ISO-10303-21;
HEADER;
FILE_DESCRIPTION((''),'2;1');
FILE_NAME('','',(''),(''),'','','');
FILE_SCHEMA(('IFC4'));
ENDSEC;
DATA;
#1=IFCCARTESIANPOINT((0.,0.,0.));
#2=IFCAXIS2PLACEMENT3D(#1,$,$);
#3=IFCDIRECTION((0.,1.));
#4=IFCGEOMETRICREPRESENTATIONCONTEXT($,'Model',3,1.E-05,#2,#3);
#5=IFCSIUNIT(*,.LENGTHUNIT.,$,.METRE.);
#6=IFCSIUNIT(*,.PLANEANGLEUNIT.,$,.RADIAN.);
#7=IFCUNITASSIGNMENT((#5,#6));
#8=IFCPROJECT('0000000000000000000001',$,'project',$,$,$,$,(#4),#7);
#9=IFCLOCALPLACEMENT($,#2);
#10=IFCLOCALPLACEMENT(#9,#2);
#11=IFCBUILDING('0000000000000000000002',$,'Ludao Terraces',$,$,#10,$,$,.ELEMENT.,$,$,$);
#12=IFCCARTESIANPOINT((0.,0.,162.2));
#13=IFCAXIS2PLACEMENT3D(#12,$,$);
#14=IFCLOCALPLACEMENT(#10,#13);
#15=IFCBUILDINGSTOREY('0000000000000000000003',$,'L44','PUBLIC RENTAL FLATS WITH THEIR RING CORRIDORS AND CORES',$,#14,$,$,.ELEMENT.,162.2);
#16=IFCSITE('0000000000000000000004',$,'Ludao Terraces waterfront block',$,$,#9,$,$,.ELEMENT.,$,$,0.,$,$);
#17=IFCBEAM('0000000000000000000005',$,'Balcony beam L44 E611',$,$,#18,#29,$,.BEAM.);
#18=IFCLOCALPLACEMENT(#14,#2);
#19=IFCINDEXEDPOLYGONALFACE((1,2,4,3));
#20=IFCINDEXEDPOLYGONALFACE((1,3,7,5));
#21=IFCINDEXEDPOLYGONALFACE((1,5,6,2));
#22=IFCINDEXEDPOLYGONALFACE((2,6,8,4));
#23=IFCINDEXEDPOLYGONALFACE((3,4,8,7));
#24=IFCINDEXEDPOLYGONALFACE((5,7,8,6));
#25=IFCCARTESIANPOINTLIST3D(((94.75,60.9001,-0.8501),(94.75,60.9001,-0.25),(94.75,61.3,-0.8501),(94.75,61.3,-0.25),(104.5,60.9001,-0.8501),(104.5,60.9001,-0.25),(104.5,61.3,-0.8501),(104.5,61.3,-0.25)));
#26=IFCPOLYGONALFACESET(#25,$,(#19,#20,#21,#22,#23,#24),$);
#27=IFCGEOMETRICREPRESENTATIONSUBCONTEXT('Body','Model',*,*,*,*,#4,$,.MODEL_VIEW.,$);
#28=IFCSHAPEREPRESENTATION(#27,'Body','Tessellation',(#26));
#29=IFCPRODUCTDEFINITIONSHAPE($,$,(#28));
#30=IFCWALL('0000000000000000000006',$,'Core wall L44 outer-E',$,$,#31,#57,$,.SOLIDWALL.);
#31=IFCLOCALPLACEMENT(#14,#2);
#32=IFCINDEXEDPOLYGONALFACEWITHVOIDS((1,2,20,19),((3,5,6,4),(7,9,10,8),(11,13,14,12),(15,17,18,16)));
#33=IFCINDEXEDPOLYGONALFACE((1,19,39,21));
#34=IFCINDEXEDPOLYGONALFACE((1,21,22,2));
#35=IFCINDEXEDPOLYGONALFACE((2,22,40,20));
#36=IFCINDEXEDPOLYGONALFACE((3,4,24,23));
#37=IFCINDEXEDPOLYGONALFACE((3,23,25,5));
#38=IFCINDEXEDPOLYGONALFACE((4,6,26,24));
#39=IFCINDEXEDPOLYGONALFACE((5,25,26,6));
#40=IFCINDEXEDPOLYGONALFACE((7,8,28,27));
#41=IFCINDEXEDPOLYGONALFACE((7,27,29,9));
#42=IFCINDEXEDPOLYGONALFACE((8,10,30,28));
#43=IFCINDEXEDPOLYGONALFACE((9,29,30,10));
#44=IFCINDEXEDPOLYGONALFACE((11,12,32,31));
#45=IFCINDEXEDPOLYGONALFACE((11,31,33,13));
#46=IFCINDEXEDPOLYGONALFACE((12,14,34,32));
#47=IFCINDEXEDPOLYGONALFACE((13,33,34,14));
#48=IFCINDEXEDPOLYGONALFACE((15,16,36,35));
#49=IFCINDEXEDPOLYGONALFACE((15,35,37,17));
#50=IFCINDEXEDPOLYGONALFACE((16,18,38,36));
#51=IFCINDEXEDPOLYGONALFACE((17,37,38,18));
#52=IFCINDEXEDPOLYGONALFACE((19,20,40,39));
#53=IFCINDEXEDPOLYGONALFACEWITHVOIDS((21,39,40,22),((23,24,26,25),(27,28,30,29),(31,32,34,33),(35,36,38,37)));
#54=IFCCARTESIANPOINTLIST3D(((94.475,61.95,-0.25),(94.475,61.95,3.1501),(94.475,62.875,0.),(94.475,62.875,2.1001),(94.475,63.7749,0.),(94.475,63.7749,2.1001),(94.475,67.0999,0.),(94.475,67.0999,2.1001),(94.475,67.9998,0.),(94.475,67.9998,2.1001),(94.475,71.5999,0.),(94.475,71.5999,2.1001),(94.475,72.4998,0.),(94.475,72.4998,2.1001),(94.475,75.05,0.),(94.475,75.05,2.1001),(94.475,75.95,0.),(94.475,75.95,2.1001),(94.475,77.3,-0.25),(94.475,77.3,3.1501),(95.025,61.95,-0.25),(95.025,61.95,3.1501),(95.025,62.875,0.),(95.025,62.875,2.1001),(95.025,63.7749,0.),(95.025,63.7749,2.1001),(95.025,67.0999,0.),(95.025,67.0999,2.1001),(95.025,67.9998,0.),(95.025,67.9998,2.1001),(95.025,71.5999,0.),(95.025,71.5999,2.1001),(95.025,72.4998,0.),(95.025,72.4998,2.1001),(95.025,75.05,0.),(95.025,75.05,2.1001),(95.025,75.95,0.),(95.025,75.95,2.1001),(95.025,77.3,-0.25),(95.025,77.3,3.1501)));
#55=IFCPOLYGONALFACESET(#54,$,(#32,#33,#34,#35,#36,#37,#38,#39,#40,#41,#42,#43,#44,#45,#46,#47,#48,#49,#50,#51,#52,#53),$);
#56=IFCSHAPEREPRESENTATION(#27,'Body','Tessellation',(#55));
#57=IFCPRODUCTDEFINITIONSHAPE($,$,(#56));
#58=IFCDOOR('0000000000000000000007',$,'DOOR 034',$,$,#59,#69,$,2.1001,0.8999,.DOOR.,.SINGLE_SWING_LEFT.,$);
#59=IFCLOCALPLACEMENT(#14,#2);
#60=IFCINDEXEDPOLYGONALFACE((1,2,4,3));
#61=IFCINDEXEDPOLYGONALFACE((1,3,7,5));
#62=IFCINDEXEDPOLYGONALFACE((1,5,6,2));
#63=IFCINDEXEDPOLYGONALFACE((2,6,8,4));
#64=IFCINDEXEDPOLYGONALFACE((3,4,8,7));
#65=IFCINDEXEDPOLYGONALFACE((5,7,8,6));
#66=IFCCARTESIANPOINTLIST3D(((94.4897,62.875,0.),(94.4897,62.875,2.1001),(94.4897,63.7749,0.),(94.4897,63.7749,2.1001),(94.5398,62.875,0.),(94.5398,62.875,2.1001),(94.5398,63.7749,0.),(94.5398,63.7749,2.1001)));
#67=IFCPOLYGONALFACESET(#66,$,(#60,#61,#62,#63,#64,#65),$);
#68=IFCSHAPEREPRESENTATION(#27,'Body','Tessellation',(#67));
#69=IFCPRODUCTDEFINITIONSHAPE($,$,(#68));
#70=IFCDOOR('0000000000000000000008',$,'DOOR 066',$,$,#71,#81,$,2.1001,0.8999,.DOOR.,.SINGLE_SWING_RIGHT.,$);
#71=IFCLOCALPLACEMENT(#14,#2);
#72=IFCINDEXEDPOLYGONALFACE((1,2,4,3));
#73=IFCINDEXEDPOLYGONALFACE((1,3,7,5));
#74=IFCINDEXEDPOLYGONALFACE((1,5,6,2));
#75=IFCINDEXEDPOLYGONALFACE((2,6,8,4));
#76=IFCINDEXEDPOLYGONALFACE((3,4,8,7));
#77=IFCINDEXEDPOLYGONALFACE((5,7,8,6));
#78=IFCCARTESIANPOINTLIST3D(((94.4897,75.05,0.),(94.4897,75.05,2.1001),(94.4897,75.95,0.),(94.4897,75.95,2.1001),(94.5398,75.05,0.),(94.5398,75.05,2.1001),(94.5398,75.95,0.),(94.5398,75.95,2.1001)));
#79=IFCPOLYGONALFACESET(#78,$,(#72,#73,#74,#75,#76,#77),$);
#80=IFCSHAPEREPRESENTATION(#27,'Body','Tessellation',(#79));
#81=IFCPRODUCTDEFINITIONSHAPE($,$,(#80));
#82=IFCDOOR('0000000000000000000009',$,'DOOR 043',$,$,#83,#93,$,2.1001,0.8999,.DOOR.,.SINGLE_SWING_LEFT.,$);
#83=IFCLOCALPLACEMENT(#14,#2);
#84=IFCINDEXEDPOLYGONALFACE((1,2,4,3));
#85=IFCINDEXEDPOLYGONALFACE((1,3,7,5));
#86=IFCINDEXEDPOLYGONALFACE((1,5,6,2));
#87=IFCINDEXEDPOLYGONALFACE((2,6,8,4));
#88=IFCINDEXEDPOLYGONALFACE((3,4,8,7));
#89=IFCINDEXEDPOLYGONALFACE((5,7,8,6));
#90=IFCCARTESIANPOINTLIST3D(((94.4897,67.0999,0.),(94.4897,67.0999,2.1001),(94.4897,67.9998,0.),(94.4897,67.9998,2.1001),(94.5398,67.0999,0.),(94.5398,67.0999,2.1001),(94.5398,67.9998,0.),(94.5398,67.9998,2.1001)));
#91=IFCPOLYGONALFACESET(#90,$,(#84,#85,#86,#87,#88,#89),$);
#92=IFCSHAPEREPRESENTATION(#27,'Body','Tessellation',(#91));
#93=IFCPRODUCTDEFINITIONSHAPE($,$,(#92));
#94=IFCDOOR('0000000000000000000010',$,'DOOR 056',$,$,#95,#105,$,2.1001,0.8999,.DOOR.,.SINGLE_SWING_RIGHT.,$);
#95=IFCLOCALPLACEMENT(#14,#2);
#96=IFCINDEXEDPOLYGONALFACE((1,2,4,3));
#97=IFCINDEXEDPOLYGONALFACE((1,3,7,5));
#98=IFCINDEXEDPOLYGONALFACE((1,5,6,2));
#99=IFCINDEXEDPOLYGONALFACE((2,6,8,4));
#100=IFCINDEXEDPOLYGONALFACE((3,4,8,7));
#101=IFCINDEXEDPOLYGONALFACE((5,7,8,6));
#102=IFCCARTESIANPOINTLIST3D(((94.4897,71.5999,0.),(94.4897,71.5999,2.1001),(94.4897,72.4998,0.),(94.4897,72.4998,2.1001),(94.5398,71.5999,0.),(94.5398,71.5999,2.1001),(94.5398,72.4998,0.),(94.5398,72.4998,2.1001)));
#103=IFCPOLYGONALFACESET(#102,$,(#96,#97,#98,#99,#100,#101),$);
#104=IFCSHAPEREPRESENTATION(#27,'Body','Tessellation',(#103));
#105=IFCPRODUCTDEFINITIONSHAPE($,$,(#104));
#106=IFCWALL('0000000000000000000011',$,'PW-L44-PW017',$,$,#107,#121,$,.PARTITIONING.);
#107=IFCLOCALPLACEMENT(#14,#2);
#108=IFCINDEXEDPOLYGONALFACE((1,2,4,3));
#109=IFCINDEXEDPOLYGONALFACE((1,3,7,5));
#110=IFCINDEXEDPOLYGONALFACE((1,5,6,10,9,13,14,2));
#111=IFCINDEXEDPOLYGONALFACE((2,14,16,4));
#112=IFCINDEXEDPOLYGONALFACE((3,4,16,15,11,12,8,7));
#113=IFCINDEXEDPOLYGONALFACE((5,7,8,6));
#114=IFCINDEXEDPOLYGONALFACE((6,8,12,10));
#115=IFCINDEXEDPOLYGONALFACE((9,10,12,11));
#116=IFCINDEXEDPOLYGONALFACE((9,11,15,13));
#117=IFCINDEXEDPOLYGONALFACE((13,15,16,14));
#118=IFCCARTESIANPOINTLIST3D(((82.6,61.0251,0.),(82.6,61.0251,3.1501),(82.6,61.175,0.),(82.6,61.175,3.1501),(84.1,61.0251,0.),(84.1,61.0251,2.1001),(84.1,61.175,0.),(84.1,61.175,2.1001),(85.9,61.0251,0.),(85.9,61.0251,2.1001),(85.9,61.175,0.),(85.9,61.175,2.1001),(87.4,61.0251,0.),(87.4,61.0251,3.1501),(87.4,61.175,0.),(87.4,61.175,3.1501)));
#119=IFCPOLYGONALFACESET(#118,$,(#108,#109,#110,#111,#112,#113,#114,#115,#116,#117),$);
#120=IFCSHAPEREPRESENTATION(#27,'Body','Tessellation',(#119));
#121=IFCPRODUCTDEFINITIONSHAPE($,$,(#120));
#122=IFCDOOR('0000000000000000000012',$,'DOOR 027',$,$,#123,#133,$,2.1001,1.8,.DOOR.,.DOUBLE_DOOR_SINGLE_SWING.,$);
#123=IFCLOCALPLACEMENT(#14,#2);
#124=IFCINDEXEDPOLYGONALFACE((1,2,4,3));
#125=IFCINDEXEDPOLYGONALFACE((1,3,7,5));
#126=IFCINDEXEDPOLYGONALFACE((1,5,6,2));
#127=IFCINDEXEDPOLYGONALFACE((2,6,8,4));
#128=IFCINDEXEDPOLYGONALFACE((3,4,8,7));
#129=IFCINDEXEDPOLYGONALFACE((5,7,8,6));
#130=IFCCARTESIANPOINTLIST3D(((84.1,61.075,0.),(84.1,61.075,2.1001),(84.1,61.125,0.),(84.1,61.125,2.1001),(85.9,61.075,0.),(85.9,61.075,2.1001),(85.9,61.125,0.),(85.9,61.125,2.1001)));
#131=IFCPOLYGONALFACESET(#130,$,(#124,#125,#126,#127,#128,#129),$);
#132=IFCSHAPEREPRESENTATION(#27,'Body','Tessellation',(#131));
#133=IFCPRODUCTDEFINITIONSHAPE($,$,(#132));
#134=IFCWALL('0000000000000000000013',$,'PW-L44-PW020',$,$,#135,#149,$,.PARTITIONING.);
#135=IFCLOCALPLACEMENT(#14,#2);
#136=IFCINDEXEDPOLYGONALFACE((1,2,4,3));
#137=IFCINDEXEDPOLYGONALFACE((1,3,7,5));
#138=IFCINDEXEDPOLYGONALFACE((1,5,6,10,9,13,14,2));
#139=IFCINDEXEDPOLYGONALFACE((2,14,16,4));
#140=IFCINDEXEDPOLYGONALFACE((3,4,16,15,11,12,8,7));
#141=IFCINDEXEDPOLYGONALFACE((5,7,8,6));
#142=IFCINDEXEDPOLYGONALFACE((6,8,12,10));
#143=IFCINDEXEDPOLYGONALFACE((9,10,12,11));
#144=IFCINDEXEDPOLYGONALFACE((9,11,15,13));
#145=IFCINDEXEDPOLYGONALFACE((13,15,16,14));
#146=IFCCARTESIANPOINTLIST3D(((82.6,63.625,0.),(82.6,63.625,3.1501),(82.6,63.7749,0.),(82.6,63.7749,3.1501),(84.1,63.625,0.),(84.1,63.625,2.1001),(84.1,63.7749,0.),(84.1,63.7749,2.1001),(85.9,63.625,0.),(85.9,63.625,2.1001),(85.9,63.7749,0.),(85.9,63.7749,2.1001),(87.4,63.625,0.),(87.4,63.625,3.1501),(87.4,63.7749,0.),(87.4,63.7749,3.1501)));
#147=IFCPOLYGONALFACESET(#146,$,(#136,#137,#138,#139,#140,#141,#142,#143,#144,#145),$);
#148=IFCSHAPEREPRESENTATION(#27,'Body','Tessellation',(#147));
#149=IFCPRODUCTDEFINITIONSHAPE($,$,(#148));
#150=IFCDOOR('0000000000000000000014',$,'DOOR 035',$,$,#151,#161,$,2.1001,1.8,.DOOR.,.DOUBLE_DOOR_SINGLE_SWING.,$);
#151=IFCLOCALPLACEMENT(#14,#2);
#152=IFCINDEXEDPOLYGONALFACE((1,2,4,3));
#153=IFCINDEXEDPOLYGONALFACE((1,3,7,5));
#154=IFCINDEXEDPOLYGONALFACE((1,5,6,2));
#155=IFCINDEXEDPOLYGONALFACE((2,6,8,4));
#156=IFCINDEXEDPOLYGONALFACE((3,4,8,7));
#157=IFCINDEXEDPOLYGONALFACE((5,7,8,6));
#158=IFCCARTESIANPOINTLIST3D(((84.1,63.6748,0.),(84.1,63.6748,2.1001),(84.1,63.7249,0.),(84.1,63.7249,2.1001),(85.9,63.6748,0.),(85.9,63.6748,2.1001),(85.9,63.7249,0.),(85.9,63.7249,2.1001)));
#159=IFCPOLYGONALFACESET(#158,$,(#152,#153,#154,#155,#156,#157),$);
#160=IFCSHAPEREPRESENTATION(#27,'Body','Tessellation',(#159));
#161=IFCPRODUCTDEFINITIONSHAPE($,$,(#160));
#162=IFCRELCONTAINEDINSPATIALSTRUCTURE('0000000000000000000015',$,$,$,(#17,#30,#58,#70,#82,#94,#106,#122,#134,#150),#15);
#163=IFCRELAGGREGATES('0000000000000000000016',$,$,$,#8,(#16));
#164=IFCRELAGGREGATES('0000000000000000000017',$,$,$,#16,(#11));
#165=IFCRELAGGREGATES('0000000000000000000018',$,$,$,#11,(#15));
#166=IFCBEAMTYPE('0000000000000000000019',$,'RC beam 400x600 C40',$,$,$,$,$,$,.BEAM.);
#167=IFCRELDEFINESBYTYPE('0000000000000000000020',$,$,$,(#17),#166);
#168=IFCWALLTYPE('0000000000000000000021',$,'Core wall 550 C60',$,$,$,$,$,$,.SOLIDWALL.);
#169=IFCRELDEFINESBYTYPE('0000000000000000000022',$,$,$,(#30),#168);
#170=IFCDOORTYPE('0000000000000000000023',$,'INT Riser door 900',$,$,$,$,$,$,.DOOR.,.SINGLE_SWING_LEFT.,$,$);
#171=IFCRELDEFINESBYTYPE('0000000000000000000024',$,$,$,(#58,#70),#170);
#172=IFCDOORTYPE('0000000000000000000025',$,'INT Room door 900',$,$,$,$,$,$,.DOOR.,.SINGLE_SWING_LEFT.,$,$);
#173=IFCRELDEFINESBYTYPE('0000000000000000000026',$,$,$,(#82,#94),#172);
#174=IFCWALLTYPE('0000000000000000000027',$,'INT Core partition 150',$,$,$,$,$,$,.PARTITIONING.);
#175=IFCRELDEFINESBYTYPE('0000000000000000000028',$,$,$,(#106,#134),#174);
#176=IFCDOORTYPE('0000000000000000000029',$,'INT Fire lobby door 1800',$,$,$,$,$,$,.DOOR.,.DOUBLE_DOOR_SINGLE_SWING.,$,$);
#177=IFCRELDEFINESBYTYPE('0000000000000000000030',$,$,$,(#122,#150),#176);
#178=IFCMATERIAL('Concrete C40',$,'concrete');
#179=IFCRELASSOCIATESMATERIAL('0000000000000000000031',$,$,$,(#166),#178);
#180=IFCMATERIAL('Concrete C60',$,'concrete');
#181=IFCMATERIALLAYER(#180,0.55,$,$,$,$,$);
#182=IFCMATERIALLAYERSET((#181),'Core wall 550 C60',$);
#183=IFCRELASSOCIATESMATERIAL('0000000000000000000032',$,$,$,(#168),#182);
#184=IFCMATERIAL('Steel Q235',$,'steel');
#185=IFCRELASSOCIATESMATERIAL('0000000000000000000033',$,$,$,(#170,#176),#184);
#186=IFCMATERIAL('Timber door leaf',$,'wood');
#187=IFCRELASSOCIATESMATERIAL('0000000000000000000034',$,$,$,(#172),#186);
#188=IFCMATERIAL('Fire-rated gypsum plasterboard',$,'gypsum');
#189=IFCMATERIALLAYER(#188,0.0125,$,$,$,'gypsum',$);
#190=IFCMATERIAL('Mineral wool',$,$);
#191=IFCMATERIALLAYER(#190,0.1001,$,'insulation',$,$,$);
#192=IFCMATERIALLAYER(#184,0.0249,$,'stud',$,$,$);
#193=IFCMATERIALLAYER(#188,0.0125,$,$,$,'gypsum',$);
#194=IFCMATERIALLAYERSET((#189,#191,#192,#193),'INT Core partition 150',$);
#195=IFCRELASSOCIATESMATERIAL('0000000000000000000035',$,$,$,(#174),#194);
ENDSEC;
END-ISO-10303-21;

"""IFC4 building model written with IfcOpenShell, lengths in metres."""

from ifc_helpers import new_model, si_unit, direction, frame, frame_2d, origin, origin_2d, place, context, subcontext, project, spatial, rectangle, extrude, material, layer, layer_set, material_profile, profile_set, type_object, element, fill, save


model = new_model("IFC4")

# Units and contexts
model_context = context("Model", 3, precision=1e-05, world=origin(), true_north=direction((0.0, 1.0)))
body_context = subcontext(model_context, "Body", "Model", "MODEL_VIEW")
ifc_project = project(units=[si_unit("LENGTHUNIT", "METRE"), si_unit("PLANEANGLEUNIT", "RADIAN")], contexts=[model_context])

# Site, building, storey
site_placement = place(None, origin())
site = spatial("IfcSite", under=ifc_project, at=site_placement, Name="Ludao Terraces waterfront block", CompositionType="ELEMENT", RefElevation=0.0)
building_placement = place(site_placement, origin())
building = spatial("IfcBuilding", under=site, at=building_placement, Name="Ludao Terraces", CompositionType="ELEMENT")
storey_placement = place(building_placement, frame((0.0, 0.0, 162.2)))
storey = spatial("IfcBuildingStorey", under=building, at=storey_placement, Name="L44", Description="PUBLIC RENTAL FLATS WITH THEIR RING CORRIDORS AND CORES", CompositionType="ELEMENT", Elevation=162.2)

# Beam
ifc_material_1 = material(Name="Concrete C40", Category="concrete")
ifc_material_profile = material_profile(ifc_material_1, rectangle(XDim=0.3999, YDim=0.6001, at=origin_2d()), Name="400 X 600")
ifc_profile_set = profile_set([ifc_material_profile], Name="Concrete C40")
beam_type = type_object("IfcBeamType", Name="RC beam 400x600 C40", PredefinedType="BEAM", material=ifc_profile_set)
beam_placement = place(storey_placement, frame((94.75, 61.1001, -0.55), z_axis=(1.0, 0.0, 0.0), x_axis=(0.0, 1.0, 0.0)))
element("IfcBeam", 1, at=beam_placement, inside=storey, type_object=beam_type, Name="Balcony beam L44 E611", PredefinedType="BEAM", context=body_context, shape_type="SweptSolid", body=[
    extrude(rectangle(XDim=0.3999, YDim=0.6001, at=origin_2d()), origin(), (0.0, 0.0, 1.0), 9.75),
])

# Wall, openings, doors
ifc_material_2 = material(Name="Concrete C60", Category="concrete")
ifc_layer_1 = layer(ifc_material_2, 0.55)
ifc_layer_set_1 = layer_set([ifc_layer_1], Name="Core wall 550 C60")
wall_type_1 = type_object("IfcWallType", Name="Core wall 550 C60", PredefinedType="SOLIDWALL", material=ifc_layer_set_1)
wall_1_placement = place(storey_placement, frame((94.75, 61.95, -0.25), z_axis=(0.0, 0.0, 1.0), x_axis=(0.0, 1.0, 0.0)))
wall_1 = element("IfcWall", 2, at=wall_1_placement, inside=storey, type_object=wall_type_1, Name="Core wall L44 outer-E", PredefinedType="SOLIDWALL", context=body_context, shape_type="SweptSolid", body=[
    extrude(rectangle(XDim=15.3501, YDim=0.55, at=frame_2d((7.675, 0.0))), origin(), (0.0, 0.0, 1.0), 3.4001),
])
opening_1_placement = place(wall_1_placement, frame((0.925, 0.0, 0.25)))
opening_1 = element("IfcOpeningElement", 3, at=opening_1_placement, cuts=wall_1, PredefinedType="OPENING", context=body_context, shape_type="SweptSolid", body=[
    extrude(rectangle(XDim=0.8999, YDim=2.1001, at=frame_2d((0.45, 1.05))), frame((0.0, 0.2852, 0.0), z_axis=(0.0, -1.0, 0.0), x_axis=(1.0, 0.0, 0.0)), (0.0, 0.0, 1.0), 0.5701),
])
opening_2_placement = place(wall_1_placement, frame((5.1499, 0.0, 0.25)))
opening_2 = element("IfcOpeningElement", 4, at=opening_2_placement, cuts=wall_1, PredefinedType="OPENING", context=body_context, shape_type="SweptSolid", body=[
    extrude(rectangle(XDim=0.8999, YDim=2.1001, at=frame_2d((0.45, 1.05))), frame((0.0, 0.2852, 0.0), z_axis=(0.0, -1.0, 0.0), x_axis=(1.0, 0.0, 0.0)), (0.0, 0.0, 1.0), 0.5701),
])
opening_3_placement = place(wall_1_placement, frame((9.6499, 0.0, 0.25)))
opening_3 = element("IfcOpeningElement", 5, at=opening_3_placement, cuts=wall_1, PredefinedType="OPENING", context=body_context, shape_type="SweptSolid", body=[
    extrude(rectangle(XDim=0.8999, YDim=2.1001, at=frame_2d((0.45, 1.05))), frame((0.0, 0.2852, 0.0), z_axis=(0.0, -1.0, 0.0), x_axis=(1.0, 0.0, 0.0)), (0.0, 0.0, 1.0), 0.5701),
])
opening_4_placement = place(wall_1_placement, frame((13.1001, 0.0, 0.25)))
opening_4 = element("IfcOpeningElement", 6, at=opening_4_placement, cuts=wall_1, PredefinedType="OPENING", context=body_context, shape_type="SweptSolid", body=[
    extrude(rectangle(XDim=0.8999, YDim=2.1001, at=frame_2d((0.45, 1.05))), frame((0.0, 0.2852, 0.0), z_axis=(0.0, -1.0, 0.0), x_axis=(1.0, 0.0, 0.0)), (0.0, 0.0, 1.0), 0.5701),
])
ifc_material_3 = material(Name="Steel Q235", Category="steel")
door_type_1 = type_object("IfcDoorType", Name="INT Riser door 900", OperationType="SINGLE_SWING_LEFT", PredefinedType="DOOR", material=ifc_material_3)
door_1_placement = place(opening_1_placement, origin())
door_1 = element("IfcDoor", 7, at=door_1_placement, inside=storey, type_object=door_type_1, Name="DOOR 034", OperationType="SINGLE_SWING_LEFT", OverallHeight=2.1001, OverallWidth=0.8999, PredefinedType="DOOR", context=body_context, shape_type="SweptSolid", body=[
    extrude(rectangle(XDim=0.8999, YDim=2.1001, at=frame_2d((0.45, 1.05))), frame((0.0, 0.2603, 0.0), z_axis=(0.0, -1.0, 0.0), x_axis=(1.0, 0.0, 0.0)), (0.0, 0.0, 1.0), 0.05),
])
fill(opening_1, door_1)
door_2_placement = place(opening_4_placement, origin())
door_2 = element("IfcDoor", 8, at=door_2_placement, inside=storey, type_object=door_type_1, Name="DOOR 066", OperationType="SINGLE_SWING_RIGHT", OverallHeight=2.1001, OverallWidth=0.8999, PredefinedType="DOOR", context=body_context, shape_type="SweptSolid", body=[
    extrude(rectangle(XDim=0.8999, YDim=2.1001, at=frame_2d((0.45, 1.05))), frame((0.0, 0.2603, 0.0), z_axis=(0.0, -1.0, 0.0), x_axis=(1.0, 0.0, 0.0)), (0.0, 0.0, 1.0), 0.05),
])
fill(opening_4, door_2)
ifc_material_4 = material(Name="Timber door leaf", Category="wood")
door_type_2 = type_object("IfcDoorType", Name="INT Room door 900", OperationType="SINGLE_SWING_LEFT", PredefinedType="DOOR", material=ifc_material_4)
door_3_placement = place(opening_2_placement, origin())
door_3 = element("IfcDoor", 9, at=door_3_placement, inside=storey, type_object=door_type_2, Name="DOOR 043", OperationType="SINGLE_SWING_LEFT", OverallHeight=2.1001, OverallWidth=0.8999, PredefinedType="DOOR", context=body_context, shape_type="SweptSolid", body=[
    extrude(rectangle(XDim=0.8999, YDim=2.1001, at=frame_2d((0.45, 1.05))), frame((0.0, 0.2603, 0.0), z_axis=(0.0, -1.0, 0.0), x_axis=(1.0, 0.0, 0.0)), (0.0, 0.0, 1.0), 0.05),
])
fill(opening_2, door_3)
door_4_placement = place(opening_3_placement, origin())
door_4 = element("IfcDoor", 10, at=door_4_placement, inside=storey, type_object=door_type_2, Name="DOOR 056", OperationType="SINGLE_SWING_RIGHT", OverallHeight=2.1001, OverallWidth=0.8999, PredefinedType="DOOR", context=body_context, shape_type="SweptSolid", body=[
    extrude(rectangle(XDim=0.8999, YDim=2.1001, at=frame_2d((0.45, 1.05))), frame((0.0, 0.2603, 0.0), z_axis=(0.0, -1.0, 0.0), x_axis=(1.0, 0.0, 0.0)), (0.0, 0.0, 1.0), 0.05),
])
fill(opening_3, door_4)

# Walls, openings, doors
ifc_material_5 = material(Name="Fire-rated gypsum plasterboard", Category="gypsum")
ifc_layer_2 = layer(ifc_material_5, 0.0125, Category="gypsum")
ifc_material_6 = material(Name="Mineral wool")
ifc_layer_3 = layer(ifc_material_6, 0.1001, Name="insulation")
ifc_layer_4 = layer(ifc_material_3, 0.0249, Name="stud")
ifc_layer_5 = layer(ifc_material_5, 0.0125, Category="gypsum")
ifc_layer_set_2 = layer_set([ifc_layer_2, ifc_layer_3, ifc_layer_4, ifc_layer_5], Name="INT Core partition 150")
wall_type_2 = type_object("IfcWallType", Name="INT Core partition 150", PredefinedType="PARTITIONING", material=ifc_layer_set_2)
wall_2_placement = place(storey_placement, frame((82.6001, 61.1001, 0.0), z_axis=(0.0, 0.0, 1.0), x_axis=(1.0, 0.0, 0.0)))
wall_2 = element("IfcWall", 11, at=wall_2_placement, inside=storey, type_object=wall_type_2, Name="PW-L44-PW017", PredefinedType="PARTITIONING", context=body_context, shape_type="SweptSolid", body=[
    extrude(rectangle(XDim=4.8, YDim=0.1499, at=frame_2d((2.3999, 0.0))), origin(), (0.0, 0.0, 1.0), 3.1501),
])
opening_5_placement = place(wall_2_placement, frame((1.5, 0.0, 0.0)))
opening_5 = element("IfcOpeningElement", 12, at=opening_5_placement, cuts=wall_2, PredefinedType="OPENING", context=body_context, shape_type="SweptSolid", body=[
    extrude(rectangle(XDim=1.8, YDim=2.1001, at=frame_2d((0.8999, 1.05))), frame((0.0, 0.085, 0.0), z_axis=(0.0, -1.0, 0.0), x_axis=(1.0, 0.0, 0.0)), (0.0, 0.0, 1.0), 0.1699),
])
door_type_3 = type_object("IfcDoorType", Name="INT Fire lobby door 1800", OperationType="DOUBLE_DOOR_SINGLE_SWING", PredefinedType="DOOR", material=ifc_material_3)
door_5_placement = place(opening_5_placement, origin())
door_5 = element("IfcDoor", 13, at=door_5_placement, inside=storey, type_object=door_type_3, Name="DOOR 027", OperationType="DOUBLE_DOOR_SINGLE_SWING", OverallHeight=2.1001, OverallWidth=1.8, PredefinedType="DOOR", context=body_context, shape_type="SweptSolid", body=[
    extrude(rectangle(XDim=1.8, YDim=2.1001, at=frame_2d((0.8999, 1.05))), frame((0.0, 0.0249, 0.0), z_axis=(0.0, -1.0, 0.0), x_axis=(1.0, 0.0, 0.0)), (0.0, 0.0, 1.0), 0.05),
])
fill(opening_5, door_5)
wall_3_placement = place(storey_placement, frame((82.6001, 63.7, 0.0), z_axis=(0.0, 0.0, 1.0), x_axis=(1.0, 0.0, 0.0)))
wall_3 = element("IfcWall", 14, at=wall_3_placement, inside=storey, type_object=wall_type_2, Name="PW-L44-PW020", PredefinedType="PARTITIONING", context=body_context, shape_type="SweptSolid", body=[
    extrude(rectangle(XDim=4.8, YDim=0.1499, at=frame_2d((2.3999, 0.0))), origin(), (0.0, 0.0, 1.0), 3.1501),
])
opening_6_placement = place(wall_3_placement, frame((1.5, 0.0, 0.0)))
opening_6 = element("IfcOpeningElement", 15, at=opening_6_placement, cuts=wall_3, PredefinedType="OPENING", context=body_context, shape_type="SweptSolid", body=[
    extrude(rectangle(XDim=1.8, YDim=2.1001, at=frame_2d((0.8999, 1.05))), frame((0.0, 0.085, 0.0), z_axis=(0.0, -1.0, 0.0), x_axis=(1.0, 0.0, 0.0)), (0.0, 0.0, 1.0), 0.1699),
])
door_6_placement = place(opening_6_placement, origin())
door_6 = element("IfcDoor", 16, at=door_6_placement, inside=storey, type_object=door_type_3, Name="DOOR 035", OperationType="DOUBLE_DOOR_SINGLE_SWING", OverallHeight=2.1001, OverallWidth=1.8, PredefinedType="DOOR", context=body_context, shape_type="SweptSolid", body=[
    extrude(rectangle(XDim=1.8, YDim=2.1001, at=frame_2d((0.8999, 1.05))), frame((0.0, 0.0249, 0.0), z_axis=(0.0, -1.0, 0.0), x_axis=(1.0, 0.0, 0.0)), (0.0, 0.0, 1.0), 0.05),
])
fill(opening_6, door_6)

save(model, "model.ifc")
